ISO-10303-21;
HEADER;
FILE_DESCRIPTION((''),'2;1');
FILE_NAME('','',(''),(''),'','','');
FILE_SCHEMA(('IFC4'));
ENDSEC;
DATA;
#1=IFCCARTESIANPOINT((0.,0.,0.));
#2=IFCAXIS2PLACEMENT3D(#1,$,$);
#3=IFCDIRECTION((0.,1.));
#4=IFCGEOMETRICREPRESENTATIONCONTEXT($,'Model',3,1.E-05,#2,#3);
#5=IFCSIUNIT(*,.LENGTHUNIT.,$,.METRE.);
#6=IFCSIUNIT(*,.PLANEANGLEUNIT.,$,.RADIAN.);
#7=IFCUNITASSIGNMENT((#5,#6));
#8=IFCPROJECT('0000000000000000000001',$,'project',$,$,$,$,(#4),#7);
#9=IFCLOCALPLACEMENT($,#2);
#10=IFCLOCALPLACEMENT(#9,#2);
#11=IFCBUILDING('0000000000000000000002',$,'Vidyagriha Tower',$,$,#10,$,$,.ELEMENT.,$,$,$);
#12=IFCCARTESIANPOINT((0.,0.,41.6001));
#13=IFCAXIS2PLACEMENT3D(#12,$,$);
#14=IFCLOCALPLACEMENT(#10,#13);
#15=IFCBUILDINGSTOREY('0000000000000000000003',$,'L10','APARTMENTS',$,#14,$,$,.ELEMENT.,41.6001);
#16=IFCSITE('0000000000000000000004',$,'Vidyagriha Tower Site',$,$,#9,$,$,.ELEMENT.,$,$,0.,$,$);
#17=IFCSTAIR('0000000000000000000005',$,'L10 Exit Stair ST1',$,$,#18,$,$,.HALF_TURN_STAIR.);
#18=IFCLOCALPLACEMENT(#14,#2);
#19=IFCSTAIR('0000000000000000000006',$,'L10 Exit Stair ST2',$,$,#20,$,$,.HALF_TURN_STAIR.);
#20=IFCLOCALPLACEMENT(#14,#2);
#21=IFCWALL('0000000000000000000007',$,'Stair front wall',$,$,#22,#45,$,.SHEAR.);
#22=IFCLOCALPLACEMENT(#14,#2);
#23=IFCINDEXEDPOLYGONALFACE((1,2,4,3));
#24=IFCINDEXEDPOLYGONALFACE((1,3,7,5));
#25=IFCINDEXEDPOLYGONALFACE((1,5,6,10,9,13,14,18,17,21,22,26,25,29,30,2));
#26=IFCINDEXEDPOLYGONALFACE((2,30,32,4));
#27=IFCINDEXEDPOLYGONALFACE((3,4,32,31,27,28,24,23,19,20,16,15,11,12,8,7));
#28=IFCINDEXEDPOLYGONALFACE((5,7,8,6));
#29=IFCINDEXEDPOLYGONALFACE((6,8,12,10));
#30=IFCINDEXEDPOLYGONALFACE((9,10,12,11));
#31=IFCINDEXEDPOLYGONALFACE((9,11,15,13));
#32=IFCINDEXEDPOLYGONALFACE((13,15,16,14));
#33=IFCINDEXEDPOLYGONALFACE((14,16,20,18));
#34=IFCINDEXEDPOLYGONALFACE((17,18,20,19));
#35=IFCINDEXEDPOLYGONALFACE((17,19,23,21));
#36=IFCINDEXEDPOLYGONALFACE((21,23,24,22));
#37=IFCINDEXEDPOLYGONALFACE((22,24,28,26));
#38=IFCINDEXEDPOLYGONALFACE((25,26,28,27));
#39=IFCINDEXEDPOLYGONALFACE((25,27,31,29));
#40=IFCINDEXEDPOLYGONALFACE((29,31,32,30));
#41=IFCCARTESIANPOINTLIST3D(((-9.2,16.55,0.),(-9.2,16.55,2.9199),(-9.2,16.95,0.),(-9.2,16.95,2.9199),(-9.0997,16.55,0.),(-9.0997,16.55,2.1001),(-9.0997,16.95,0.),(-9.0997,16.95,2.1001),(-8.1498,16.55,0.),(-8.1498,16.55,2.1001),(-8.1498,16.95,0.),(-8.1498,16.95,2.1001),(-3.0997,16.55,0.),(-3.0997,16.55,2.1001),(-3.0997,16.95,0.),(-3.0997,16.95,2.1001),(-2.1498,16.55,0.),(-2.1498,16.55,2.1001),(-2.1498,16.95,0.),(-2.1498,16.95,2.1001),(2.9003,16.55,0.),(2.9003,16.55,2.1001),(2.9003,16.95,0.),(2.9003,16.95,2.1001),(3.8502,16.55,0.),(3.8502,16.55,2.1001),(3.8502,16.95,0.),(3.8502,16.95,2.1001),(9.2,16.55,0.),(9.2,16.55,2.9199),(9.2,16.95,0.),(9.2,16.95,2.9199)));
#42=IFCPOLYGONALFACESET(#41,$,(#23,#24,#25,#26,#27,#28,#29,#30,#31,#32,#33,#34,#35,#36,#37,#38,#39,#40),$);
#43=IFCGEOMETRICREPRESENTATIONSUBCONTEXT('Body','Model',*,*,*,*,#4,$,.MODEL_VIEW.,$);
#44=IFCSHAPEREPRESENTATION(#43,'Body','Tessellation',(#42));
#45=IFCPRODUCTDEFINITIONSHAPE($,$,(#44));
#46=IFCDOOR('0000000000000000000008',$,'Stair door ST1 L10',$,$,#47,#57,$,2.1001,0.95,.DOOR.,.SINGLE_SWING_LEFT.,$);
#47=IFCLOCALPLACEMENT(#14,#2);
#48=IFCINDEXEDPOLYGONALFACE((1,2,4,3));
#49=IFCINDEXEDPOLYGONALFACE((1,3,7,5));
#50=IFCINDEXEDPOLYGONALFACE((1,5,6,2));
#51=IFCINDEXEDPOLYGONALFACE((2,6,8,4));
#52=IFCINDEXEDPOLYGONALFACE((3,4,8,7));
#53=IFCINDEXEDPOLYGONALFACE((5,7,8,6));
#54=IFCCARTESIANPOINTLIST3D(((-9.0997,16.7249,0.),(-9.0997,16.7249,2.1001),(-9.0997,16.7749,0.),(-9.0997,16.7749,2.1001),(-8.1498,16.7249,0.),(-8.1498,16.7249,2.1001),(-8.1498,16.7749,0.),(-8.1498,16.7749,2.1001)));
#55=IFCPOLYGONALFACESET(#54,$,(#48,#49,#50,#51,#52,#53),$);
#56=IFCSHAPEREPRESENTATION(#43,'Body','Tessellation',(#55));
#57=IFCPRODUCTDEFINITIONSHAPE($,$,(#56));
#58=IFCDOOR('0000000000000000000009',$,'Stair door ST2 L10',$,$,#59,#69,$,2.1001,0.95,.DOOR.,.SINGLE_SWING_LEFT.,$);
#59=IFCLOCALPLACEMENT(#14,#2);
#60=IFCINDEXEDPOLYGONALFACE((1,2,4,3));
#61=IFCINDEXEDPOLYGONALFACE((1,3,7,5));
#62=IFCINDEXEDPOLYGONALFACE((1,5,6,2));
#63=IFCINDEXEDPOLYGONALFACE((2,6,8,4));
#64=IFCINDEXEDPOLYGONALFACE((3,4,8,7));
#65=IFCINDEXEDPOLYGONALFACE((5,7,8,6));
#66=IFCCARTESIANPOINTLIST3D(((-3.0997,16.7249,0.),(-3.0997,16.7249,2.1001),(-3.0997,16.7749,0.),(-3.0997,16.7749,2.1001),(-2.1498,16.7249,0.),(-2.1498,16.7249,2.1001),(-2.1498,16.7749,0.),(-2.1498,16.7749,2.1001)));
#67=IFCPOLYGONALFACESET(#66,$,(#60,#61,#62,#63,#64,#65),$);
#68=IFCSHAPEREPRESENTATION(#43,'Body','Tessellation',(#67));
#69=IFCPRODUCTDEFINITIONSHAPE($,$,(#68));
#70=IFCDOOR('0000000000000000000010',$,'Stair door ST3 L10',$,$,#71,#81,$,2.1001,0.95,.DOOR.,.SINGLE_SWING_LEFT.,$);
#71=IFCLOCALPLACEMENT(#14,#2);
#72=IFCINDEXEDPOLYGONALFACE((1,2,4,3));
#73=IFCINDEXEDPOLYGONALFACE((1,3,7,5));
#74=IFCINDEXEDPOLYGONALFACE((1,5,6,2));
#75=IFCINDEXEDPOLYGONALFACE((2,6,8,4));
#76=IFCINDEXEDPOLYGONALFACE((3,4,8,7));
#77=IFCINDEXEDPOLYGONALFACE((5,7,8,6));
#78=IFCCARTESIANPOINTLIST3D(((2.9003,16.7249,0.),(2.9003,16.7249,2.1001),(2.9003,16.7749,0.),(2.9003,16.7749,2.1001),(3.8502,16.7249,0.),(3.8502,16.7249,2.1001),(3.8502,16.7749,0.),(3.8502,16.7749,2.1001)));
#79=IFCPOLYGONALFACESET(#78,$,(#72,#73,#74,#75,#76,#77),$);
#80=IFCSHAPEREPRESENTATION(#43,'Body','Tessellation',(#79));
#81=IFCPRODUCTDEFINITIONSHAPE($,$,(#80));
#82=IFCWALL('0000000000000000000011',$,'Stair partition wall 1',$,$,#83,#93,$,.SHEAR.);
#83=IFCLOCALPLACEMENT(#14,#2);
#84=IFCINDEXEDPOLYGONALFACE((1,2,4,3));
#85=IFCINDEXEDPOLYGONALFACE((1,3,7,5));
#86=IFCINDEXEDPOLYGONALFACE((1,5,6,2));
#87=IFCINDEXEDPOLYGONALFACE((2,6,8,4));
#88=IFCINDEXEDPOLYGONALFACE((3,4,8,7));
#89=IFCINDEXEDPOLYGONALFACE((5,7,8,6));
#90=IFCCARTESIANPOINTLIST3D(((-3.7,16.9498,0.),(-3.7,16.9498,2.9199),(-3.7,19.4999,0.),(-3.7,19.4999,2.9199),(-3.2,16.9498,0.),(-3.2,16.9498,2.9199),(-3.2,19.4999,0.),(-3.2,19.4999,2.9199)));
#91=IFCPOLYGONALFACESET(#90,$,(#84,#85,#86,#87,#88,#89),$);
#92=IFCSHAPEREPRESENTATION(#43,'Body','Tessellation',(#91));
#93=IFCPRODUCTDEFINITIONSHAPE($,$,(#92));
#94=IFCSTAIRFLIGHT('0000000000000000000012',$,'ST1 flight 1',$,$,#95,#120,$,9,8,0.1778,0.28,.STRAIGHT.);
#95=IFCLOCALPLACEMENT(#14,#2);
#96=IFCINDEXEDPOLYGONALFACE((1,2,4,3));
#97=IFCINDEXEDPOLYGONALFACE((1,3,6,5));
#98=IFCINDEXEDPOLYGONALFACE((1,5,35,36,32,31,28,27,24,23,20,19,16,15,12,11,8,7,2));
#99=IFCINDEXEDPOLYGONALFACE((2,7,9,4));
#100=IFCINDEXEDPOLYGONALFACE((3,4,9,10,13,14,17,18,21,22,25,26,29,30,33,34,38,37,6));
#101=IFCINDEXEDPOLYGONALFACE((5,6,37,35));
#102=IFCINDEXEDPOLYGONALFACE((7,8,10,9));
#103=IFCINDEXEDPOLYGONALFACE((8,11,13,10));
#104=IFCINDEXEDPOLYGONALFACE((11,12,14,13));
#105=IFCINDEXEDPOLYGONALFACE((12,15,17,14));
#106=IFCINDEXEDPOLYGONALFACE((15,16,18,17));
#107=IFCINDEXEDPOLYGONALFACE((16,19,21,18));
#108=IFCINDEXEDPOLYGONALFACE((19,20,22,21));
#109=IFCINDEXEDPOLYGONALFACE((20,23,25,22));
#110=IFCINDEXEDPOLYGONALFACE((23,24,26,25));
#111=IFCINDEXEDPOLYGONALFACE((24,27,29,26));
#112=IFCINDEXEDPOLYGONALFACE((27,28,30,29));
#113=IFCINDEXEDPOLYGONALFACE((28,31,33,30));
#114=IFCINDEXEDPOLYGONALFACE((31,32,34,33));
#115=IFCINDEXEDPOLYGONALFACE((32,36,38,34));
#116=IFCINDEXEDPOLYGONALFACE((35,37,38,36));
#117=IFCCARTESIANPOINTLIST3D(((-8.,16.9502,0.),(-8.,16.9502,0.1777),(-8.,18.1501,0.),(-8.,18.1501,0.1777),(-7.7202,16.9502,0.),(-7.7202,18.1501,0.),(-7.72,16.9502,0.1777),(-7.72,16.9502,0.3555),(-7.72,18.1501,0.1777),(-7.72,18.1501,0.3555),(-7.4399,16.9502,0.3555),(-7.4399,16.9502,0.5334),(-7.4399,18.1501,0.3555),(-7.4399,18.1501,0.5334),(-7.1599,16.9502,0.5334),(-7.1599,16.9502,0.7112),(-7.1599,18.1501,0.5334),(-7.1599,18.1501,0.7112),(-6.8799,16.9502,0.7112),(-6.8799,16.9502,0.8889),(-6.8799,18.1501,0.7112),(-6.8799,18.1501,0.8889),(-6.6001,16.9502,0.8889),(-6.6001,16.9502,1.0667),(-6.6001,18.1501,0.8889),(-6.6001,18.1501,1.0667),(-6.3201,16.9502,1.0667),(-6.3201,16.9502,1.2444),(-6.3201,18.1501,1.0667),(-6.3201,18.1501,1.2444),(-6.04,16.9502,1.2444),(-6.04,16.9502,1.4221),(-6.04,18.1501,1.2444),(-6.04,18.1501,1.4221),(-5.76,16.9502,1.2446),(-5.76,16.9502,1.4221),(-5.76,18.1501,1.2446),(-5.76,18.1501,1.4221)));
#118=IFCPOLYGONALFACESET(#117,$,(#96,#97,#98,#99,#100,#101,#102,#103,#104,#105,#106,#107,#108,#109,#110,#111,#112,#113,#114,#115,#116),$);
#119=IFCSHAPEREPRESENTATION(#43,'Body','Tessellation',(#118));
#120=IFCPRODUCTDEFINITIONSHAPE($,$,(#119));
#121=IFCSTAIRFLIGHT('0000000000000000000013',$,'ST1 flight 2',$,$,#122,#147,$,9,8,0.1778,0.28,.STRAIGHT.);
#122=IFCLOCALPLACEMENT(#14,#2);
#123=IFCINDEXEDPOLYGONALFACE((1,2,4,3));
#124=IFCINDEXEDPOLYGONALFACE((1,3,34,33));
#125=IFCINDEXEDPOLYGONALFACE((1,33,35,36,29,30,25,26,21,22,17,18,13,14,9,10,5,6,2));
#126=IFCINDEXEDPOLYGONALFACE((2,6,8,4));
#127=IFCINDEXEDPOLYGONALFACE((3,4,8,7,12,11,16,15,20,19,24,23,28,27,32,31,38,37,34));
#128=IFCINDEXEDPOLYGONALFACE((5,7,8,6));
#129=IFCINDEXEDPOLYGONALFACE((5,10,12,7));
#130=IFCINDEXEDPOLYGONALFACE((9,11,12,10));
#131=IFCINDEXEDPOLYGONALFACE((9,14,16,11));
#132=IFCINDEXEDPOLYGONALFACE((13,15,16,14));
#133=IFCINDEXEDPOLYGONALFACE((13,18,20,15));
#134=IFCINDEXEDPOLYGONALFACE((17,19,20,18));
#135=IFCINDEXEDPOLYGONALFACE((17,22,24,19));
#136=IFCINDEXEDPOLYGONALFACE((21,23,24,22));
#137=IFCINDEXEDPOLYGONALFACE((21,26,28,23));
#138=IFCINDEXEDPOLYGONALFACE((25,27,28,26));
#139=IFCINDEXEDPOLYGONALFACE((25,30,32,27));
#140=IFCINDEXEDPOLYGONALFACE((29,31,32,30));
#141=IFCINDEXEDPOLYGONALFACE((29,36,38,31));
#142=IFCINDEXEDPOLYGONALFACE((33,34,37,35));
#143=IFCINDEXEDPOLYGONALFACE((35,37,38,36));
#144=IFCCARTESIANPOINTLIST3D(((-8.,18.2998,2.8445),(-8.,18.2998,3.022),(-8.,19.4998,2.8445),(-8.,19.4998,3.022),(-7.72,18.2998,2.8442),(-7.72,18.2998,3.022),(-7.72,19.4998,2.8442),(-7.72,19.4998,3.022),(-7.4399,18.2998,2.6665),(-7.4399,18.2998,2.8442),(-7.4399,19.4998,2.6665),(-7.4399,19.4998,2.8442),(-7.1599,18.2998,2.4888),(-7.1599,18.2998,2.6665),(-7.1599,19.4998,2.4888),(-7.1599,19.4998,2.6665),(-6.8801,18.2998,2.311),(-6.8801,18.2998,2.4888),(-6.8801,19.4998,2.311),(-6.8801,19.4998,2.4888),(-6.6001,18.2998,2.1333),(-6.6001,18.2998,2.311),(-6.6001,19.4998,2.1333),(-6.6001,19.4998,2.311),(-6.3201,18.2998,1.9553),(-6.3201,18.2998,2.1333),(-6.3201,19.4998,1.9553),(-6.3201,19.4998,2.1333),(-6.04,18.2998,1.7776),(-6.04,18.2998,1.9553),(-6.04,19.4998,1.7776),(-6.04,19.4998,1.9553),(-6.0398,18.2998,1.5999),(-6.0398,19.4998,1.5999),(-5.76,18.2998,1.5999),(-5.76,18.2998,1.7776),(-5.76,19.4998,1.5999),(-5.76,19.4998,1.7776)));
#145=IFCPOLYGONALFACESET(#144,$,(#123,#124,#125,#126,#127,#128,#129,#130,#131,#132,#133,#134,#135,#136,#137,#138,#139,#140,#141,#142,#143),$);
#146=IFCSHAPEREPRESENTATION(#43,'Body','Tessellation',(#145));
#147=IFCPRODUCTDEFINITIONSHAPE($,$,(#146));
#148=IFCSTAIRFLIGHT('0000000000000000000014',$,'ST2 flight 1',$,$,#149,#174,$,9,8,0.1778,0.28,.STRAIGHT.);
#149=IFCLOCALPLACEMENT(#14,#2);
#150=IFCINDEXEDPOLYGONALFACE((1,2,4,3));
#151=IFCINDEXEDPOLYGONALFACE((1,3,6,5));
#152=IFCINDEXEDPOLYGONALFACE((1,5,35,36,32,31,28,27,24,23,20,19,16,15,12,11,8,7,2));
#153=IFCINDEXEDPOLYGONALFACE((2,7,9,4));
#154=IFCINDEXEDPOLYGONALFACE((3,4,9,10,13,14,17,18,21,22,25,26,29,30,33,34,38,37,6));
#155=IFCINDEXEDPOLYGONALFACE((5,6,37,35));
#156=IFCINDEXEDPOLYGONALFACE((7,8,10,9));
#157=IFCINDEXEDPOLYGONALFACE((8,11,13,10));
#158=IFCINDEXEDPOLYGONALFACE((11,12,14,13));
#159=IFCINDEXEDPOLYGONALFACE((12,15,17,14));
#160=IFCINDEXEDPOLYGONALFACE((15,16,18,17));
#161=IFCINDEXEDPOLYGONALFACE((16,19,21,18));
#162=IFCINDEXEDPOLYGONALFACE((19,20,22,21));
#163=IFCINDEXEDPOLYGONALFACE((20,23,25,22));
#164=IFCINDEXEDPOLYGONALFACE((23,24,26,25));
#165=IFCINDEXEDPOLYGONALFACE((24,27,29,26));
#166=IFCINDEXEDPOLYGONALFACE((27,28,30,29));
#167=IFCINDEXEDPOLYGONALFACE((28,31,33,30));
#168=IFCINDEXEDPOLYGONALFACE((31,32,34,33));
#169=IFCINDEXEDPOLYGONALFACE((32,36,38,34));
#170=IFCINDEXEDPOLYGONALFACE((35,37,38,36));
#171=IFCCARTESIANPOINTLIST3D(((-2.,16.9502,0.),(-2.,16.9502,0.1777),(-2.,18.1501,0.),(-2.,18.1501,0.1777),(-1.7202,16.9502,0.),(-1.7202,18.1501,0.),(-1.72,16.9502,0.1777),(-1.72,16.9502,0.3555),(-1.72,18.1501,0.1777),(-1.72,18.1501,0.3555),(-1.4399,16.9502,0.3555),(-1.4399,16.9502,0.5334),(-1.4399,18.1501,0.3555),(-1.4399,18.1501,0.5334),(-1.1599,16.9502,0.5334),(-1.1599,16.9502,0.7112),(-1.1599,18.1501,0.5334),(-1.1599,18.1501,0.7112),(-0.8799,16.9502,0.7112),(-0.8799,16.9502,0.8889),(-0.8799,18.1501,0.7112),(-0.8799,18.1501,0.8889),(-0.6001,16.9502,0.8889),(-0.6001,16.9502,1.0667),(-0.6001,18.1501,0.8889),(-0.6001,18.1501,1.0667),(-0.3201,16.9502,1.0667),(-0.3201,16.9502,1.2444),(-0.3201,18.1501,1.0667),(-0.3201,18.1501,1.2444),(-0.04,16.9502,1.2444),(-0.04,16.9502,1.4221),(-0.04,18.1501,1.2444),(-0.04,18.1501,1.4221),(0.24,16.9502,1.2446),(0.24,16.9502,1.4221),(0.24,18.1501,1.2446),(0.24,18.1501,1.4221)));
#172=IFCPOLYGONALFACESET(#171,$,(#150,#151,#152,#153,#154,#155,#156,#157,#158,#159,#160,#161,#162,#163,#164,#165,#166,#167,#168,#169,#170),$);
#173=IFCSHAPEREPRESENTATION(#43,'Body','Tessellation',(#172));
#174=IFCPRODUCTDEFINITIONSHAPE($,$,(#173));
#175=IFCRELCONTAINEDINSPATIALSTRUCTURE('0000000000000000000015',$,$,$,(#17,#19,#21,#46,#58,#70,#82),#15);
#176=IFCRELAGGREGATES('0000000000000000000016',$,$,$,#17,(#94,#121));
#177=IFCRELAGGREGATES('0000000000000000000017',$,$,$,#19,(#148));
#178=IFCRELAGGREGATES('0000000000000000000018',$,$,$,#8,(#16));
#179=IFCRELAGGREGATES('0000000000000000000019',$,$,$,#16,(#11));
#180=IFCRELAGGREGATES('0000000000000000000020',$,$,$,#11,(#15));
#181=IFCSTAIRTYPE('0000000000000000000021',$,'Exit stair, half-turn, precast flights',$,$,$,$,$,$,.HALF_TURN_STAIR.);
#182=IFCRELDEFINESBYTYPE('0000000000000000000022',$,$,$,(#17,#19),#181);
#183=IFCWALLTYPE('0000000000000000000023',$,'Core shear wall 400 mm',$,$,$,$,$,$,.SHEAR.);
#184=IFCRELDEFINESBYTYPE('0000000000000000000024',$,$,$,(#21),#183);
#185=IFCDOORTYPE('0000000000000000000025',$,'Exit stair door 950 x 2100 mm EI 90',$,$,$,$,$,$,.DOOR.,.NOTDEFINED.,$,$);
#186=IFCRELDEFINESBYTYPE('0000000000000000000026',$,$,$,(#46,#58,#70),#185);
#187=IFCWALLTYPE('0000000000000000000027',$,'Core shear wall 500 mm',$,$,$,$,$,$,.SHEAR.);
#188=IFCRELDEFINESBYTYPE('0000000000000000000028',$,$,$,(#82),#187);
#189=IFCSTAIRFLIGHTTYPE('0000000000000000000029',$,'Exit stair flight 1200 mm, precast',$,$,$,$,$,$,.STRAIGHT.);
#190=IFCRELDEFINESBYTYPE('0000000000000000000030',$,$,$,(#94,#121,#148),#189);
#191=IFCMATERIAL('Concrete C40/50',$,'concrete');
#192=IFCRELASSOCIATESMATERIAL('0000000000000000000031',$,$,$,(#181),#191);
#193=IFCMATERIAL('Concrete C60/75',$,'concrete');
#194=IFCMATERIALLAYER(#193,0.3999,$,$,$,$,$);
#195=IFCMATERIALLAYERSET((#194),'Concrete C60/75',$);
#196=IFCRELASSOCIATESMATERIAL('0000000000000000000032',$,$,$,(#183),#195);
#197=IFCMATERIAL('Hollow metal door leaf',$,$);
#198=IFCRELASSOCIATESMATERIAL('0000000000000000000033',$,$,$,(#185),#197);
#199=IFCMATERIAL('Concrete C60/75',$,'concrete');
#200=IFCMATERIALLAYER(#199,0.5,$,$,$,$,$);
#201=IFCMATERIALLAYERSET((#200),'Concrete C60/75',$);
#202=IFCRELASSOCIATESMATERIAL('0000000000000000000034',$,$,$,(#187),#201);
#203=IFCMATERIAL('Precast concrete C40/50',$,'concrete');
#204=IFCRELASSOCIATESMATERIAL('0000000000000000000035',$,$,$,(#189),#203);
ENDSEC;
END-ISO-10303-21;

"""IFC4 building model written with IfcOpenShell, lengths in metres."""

from ifc_helpers import new_model, si_unit, direction, frame, frame_2d, origin, place, context, subcontext, project, spatial, polyline, rectangle, outline, extrude, material, layer, layer_set, type_object, element, fill, aggregate, save


model = new_model("IFC4")

# Units and contexts
model_context = context("Model", 3, precision=1e-05, world=origin(), true_north=direction((0.0, 1.0)))
body_context = subcontext(model_context, "Body", "Model", "MODEL_VIEW")
ifc_project = project(units=[si_unit("LENGTHUNIT", "METRE"), si_unit("PLANEANGLEUNIT", "RADIAN")], contexts=[model_context])

# Site, building, storey
site_placement = place(None, origin())
site = spatial("IfcSite", under=ifc_project, at=site_placement, Name="Vidyagriha Tower Site", CompositionType="ELEMENT", RefElevation=0.0)
building_placement = place(site_placement, origin())
building = spatial("IfcBuilding", under=site, at=building_placement, Name="Vidyagriha Tower", CompositionType="ELEMENT")
storey_placement = place(building_placement, frame((0.0, 0.0, 41.6001)))
storey = spatial("IfcBuildingStorey", under=building, at=storey_placement, Name="L10", Description="APARTMENTS", CompositionType="ELEMENT", Elevation=41.6001)

# Stairs
ifc_material_1 = material(Name="Concrete C40/50", Category="concrete")
stair_type = type_object("IfcStairType", Name="Exit stair, half-turn, precast flights", PredefinedType="HALF_TURN_STAIR", material=ifc_material_1)
stair_1_placement = place(storey_placement, origin())
stair_1 = element("IfcStair", 1, at=stair_1_placement, inside=storey, type_object=stair_type, Name="L10 Exit Stair ST1", PredefinedType="HALF_TURN_STAIR")
stair_2_placement = place(storey_placement, origin())
stair_2 = element("IfcStair", 2, at=stair_2_placement, inside=storey, type_object=stair_type, Name="L10 Exit Stair ST2", PredefinedType="HALF_TURN_STAIR")

# Shared definitions
ifc_material_2 = material(Name="Concrete C60/75", Category="concrete")
ifc_layer_1 = layer(ifc_material_2, 0.3999)
ifc_layer_set_1 = layer_set([ifc_layer_1], Name="Concrete C60/75")
wall_type_1 = type_object("IfcWallType", Name="Core shear wall 400 mm", PredefinedType="SHEAR", material=ifc_layer_set_1)

# Wall, openings, doors
wall_1_placement = place(storey_placement, frame((-9.2, 16.75, 0.0)))
wall_1 = element("IfcWall", 3, at=wall_1_placement, inside=storey, type_object=wall_type_1, Name="Stair front wall", PredefinedType="SHEAR", context=body_context, shape_type="SweptSolid", body=[
    extrude(rectangle(XDim=18.3999, YDim=0.3999, at=frame_2d((9.2, 0.0))), origin(), (0.0, 0.0, 1.0), 2.9199),
])
opening_1_placement = place(wall_1_placement, frame((0.1001, 0.0, 0.0)))
opening_1 = element("IfcOpeningElement", 4, at=opening_1_placement, cuts=wall_1, PredefinedType="OPENING", context=body_context, shape_type="SweptSolid", body=[
    extrude(rectangle(XDim=0.95, YDim=2.1001, at=frame_2d((0.4751, 1.05))), frame((0.0, 0.21, 0.0), z_axis=(0.0, -1.0, 0.0), x_axis=(1.0, 0.0, 0.0)), (0.0, 0.0, 1.0), 0.4199),
])
opening_2_placement = place(wall_1_placement, frame((6.1001, 0.0, 0.0)))
opening_2 = element("IfcOpeningElement", 5, at=opening_2_placement, cuts=wall_1, PredefinedType="OPENING", context=body_context, shape_type="SweptSolid", body=[
    extrude(rectangle(XDim=0.95, YDim=2.1001, at=frame_2d((0.4751, 1.05))), frame((0.0, 0.21, 0.0), z_axis=(0.0, -1.0, 0.0), x_axis=(1.0, 0.0, 0.0)), (0.0, 0.0, 1.0), 0.4199),
])
opening_3_placement = place(wall_1_placement, frame((12.1001, 0.0, 0.0)))
opening_3 = element("IfcOpeningElement", 6, at=opening_3_placement, cuts=wall_1, PredefinedType="OPENING", context=body_context, shape_type="SweptSolid", body=[
    extrude(rectangle(XDim=0.95, YDim=2.1001, at=frame_2d((0.4751, 1.05))), frame((0.0, 0.21, 0.0), z_axis=(0.0, -1.0, 0.0), x_axis=(1.0, 0.0, 0.0)), (0.0, 0.0, 1.0), 0.4199),
])
ifc_material_3 = material(Name="Hollow metal door leaf")
door_type = type_object("IfcDoorType", Name="Exit stair door 950 x 2100 mm EI 90", OperationType="NOTDEFINED", PredefinedType="DOOR", material=ifc_material_3)
door_1_placement = place(opening_1_placement, origin())
door_1 = element("IfcDoor", 7, at=door_1_placement, inside=storey, type_object=door_type, Name="Stair door ST1 L10", OperationType="SINGLE_SWING_LEFT", OverallHeight=2.1001, OverallWidth=0.95, PredefinedType="DOOR", context=body_context, shape_type="SweptSolid", body=[
    extrude(rectangle(XDim=0.95, YDim=2.1001, at=frame_2d((0.4751, 1.05))), frame((0.0, 0.0249, 0.0), z_axis=(0.0, -1.0, 0.0), x_axis=(1.0, 0.0, 0.0)), (0.0, 0.0, 1.0), 0.05),
])
fill(opening_1, door_1)
door_2_placement = place(opening_2_placement, origin())
door_2 = element("IfcDoor", 8, at=door_2_placement, inside=storey, type_object=door_type, Name="Stair door ST2 L10", OperationType="SINGLE_SWING_LEFT", OverallHeight=2.1001, OverallWidth=0.95, PredefinedType="DOOR", context=body_context, shape_type="SweptSolid", body=[
    extrude(rectangle(XDim=0.95, YDim=2.1001, at=frame_2d((0.4751, 1.05))), frame((0.0, 0.0249, 0.0), z_axis=(0.0, -1.0, 0.0), x_axis=(1.0, 0.0, 0.0)), (0.0, 0.0, 1.0), 0.05),
])
fill(opening_2, door_2)
door_3_placement = place(opening_3_placement, origin())
door_3 = element("IfcDoor", 9, at=door_3_placement, inside=storey, type_object=door_type, Name="Stair door ST3 L10", OperationType="SINGLE_SWING_LEFT", OverallHeight=2.1001, OverallWidth=0.95, PredefinedType="DOOR", context=body_context, shape_type="SweptSolid", body=[
    extrude(rectangle(XDim=0.95, YDim=2.1001, at=frame_2d((0.4751, 1.05))), frame((0.0, 0.0249, 0.0), z_axis=(0.0, -1.0, 0.0), x_axis=(1.0, 0.0, 0.0)), (0.0, 0.0, 1.0), 0.05),
])
fill(opening_3, door_3)

# Wall
ifc_material_4 = material(Name="Concrete C60/75", Category="concrete")
ifc_layer_2 = layer(ifc_material_4, 0.5)
ifc_layer_set_2 = layer_set([ifc_layer_2], Name="Concrete C60/75")
wall_type_2 = type_object("IfcWallType", Name="Core shear wall 500 mm", PredefinedType="SHEAR", material=ifc_layer_set_2)
wall_2_placement = place(storey_placement, frame((-3.45, 16.95, 0.0), z_axis=(0.0, 0.0, 1.0), x_axis=(0.0, 1.0, 0.0)))
element("IfcWall", 10, at=wall_2_placement, inside=storey, type_object=wall_type_2, Name="Stair partition wall 1", PredefinedType="SHEAR", context=body_context, shape_type="SweptSolid", body=[
    extrude(rectangle(XDim=2.55, YDim=0.5, at=frame_2d((1.2749, 0.0))), origin(), (0.0, 0.0, 1.0), 2.9199),
])

# Stair flights
ifc_material_5 = material(Name="Precast concrete C40/50", Category="concrete")
stair_flight_type = type_object("IfcStairFlightType", Name="Exit stair flight 1200 mm, precast", PredefinedType="STRAIGHT", material=ifc_material_5)
stair_flight_1_placement = place(storey_placement, frame((-8.0, 17.55, 0.0)))
stair_flight_1 = element("IfcStairFlight", 11, at=stair_flight_1_placement, type_object=stair_flight_type, Name="ST1 flight 1", NumberOfRisers=9, NumberOfTreads=8, PredefinedType="STRAIGHT", RiserHeight=0.1778, TreadLength=0.28, context=body_context, shape_type="SweptSolid", body=[
    extrude(outline(polyline([(0.0, 0.0), (0.0, 0.1777), (0.28, 0.1777), (0.28, 0.3555), (0.5601, 0.3555), (0.5601, 0.5334), (0.8401, 0.5334), (0.8401, 0.7112), (1.1201, 0.7112), (1.1201, 0.8889), (1.3999, 0.8889), (1.3999, 1.0667), (1.6799, 1.0667), (1.6799, 1.2444), (1.96, 1.2444), (1.96, 1.4221), (2.24, 1.4221), (2.24, 1.6001), (2.24, 1.2446), (0.2798, 0.0), (0.0, 0.0)])), frame((0.0, 0.6001, 0.0), z_axis=(0.0, -1.0, 0.0), x_axis=(1.0, 0.0, 0.0)), (0.0, 0.0, 1.0), 1.2),
])
stair_flight_2_placement = place(storey_placement, frame((-5.76, 18.8999, 1.5999), z_axis=(0.0, 0.0, 1.0), x_axis=(-1.0, 0.0, 0.0)))
stair_flight_2 = element("IfcStairFlight", 12, at=stair_flight_2_placement, type_object=stair_flight_type, Name="ST1 flight 2", NumberOfRisers=9, NumberOfTreads=8, PredefinedType="STRAIGHT", RiserHeight=0.1778, TreadLength=0.28, context=body_context, shape_type="SweptSolid", body=[
    extrude(outline(polyline([(0.0, 0.0), (0.0, 0.1777), (0.28, 0.1777), (0.28, 0.3555), (0.5601, 0.3555), (0.5601, 0.5334), (0.8401, 0.5334), (0.8401, 0.7112), (1.1201, 0.7112), (1.1201, 0.8889), (1.3999, 0.8889), (1.3999, 1.0667), (1.6799, 1.0667), (1.6799, 1.2444), (1.96, 1.2444), (1.96, 1.4221), (2.24, 1.4221), (2.24, 1.6001), (2.24, 1.2446), (0.2798, 0.0), (0.0, 0.0)])), frame((0.0, 0.6001, 0.0), z_axis=(0.0, -1.0, 0.0), x_axis=(1.0, 0.0, 0.0)), (0.0, 0.0, 1.0), 1.2),
])
aggregate(stair_1, [stair_flight_1, stair_flight_2])
stair_flight_3_placement = place(storey_placement, frame((-2.0, 17.55, 0.0)))
stair_flight_3 = element("IfcStairFlight", 13, at=stair_flight_3_placement, type_object=stair_flight_type, Name="ST2 flight 1", NumberOfRisers=9, NumberOfTreads=8, PredefinedType="STRAIGHT", RiserHeight=0.1778, TreadLength=0.28, context=body_context, shape_type="SweptSolid", body=[
    extrude(outline(polyline([(0.0, 0.0), (0.0, 0.1777), (0.28, 0.1777), (0.28, 0.3555), (0.5601, 0.3555), (0.5601, 0.5334), (0.8401, 0.5334), (0.8401, 0.7112), (1.1201, 0.7112), (1.1201, 0.8889), (1.3999, 0.8889), (1.3999, 1.0667), (1.6799, 1.0667), (1.6799, 1.2444), (1.96, 1.2444), (1.96, 1.4221), (2.24, 1.4221), (2.24, 1.6001), (2.24, 1.2446), (0.2798, 0.0), (0.0, 0.0)])), frame((0.0, 0.6001, 0.0), z_axis=(0.0, -1.0, 0.0), x_axis=(1.0, 0.0, 0.0)), (0.0, 0.0, 1.0), 1.2),
])
aggregate(stair_2, [stair_flight_3])

save(model, "model.ifc")
